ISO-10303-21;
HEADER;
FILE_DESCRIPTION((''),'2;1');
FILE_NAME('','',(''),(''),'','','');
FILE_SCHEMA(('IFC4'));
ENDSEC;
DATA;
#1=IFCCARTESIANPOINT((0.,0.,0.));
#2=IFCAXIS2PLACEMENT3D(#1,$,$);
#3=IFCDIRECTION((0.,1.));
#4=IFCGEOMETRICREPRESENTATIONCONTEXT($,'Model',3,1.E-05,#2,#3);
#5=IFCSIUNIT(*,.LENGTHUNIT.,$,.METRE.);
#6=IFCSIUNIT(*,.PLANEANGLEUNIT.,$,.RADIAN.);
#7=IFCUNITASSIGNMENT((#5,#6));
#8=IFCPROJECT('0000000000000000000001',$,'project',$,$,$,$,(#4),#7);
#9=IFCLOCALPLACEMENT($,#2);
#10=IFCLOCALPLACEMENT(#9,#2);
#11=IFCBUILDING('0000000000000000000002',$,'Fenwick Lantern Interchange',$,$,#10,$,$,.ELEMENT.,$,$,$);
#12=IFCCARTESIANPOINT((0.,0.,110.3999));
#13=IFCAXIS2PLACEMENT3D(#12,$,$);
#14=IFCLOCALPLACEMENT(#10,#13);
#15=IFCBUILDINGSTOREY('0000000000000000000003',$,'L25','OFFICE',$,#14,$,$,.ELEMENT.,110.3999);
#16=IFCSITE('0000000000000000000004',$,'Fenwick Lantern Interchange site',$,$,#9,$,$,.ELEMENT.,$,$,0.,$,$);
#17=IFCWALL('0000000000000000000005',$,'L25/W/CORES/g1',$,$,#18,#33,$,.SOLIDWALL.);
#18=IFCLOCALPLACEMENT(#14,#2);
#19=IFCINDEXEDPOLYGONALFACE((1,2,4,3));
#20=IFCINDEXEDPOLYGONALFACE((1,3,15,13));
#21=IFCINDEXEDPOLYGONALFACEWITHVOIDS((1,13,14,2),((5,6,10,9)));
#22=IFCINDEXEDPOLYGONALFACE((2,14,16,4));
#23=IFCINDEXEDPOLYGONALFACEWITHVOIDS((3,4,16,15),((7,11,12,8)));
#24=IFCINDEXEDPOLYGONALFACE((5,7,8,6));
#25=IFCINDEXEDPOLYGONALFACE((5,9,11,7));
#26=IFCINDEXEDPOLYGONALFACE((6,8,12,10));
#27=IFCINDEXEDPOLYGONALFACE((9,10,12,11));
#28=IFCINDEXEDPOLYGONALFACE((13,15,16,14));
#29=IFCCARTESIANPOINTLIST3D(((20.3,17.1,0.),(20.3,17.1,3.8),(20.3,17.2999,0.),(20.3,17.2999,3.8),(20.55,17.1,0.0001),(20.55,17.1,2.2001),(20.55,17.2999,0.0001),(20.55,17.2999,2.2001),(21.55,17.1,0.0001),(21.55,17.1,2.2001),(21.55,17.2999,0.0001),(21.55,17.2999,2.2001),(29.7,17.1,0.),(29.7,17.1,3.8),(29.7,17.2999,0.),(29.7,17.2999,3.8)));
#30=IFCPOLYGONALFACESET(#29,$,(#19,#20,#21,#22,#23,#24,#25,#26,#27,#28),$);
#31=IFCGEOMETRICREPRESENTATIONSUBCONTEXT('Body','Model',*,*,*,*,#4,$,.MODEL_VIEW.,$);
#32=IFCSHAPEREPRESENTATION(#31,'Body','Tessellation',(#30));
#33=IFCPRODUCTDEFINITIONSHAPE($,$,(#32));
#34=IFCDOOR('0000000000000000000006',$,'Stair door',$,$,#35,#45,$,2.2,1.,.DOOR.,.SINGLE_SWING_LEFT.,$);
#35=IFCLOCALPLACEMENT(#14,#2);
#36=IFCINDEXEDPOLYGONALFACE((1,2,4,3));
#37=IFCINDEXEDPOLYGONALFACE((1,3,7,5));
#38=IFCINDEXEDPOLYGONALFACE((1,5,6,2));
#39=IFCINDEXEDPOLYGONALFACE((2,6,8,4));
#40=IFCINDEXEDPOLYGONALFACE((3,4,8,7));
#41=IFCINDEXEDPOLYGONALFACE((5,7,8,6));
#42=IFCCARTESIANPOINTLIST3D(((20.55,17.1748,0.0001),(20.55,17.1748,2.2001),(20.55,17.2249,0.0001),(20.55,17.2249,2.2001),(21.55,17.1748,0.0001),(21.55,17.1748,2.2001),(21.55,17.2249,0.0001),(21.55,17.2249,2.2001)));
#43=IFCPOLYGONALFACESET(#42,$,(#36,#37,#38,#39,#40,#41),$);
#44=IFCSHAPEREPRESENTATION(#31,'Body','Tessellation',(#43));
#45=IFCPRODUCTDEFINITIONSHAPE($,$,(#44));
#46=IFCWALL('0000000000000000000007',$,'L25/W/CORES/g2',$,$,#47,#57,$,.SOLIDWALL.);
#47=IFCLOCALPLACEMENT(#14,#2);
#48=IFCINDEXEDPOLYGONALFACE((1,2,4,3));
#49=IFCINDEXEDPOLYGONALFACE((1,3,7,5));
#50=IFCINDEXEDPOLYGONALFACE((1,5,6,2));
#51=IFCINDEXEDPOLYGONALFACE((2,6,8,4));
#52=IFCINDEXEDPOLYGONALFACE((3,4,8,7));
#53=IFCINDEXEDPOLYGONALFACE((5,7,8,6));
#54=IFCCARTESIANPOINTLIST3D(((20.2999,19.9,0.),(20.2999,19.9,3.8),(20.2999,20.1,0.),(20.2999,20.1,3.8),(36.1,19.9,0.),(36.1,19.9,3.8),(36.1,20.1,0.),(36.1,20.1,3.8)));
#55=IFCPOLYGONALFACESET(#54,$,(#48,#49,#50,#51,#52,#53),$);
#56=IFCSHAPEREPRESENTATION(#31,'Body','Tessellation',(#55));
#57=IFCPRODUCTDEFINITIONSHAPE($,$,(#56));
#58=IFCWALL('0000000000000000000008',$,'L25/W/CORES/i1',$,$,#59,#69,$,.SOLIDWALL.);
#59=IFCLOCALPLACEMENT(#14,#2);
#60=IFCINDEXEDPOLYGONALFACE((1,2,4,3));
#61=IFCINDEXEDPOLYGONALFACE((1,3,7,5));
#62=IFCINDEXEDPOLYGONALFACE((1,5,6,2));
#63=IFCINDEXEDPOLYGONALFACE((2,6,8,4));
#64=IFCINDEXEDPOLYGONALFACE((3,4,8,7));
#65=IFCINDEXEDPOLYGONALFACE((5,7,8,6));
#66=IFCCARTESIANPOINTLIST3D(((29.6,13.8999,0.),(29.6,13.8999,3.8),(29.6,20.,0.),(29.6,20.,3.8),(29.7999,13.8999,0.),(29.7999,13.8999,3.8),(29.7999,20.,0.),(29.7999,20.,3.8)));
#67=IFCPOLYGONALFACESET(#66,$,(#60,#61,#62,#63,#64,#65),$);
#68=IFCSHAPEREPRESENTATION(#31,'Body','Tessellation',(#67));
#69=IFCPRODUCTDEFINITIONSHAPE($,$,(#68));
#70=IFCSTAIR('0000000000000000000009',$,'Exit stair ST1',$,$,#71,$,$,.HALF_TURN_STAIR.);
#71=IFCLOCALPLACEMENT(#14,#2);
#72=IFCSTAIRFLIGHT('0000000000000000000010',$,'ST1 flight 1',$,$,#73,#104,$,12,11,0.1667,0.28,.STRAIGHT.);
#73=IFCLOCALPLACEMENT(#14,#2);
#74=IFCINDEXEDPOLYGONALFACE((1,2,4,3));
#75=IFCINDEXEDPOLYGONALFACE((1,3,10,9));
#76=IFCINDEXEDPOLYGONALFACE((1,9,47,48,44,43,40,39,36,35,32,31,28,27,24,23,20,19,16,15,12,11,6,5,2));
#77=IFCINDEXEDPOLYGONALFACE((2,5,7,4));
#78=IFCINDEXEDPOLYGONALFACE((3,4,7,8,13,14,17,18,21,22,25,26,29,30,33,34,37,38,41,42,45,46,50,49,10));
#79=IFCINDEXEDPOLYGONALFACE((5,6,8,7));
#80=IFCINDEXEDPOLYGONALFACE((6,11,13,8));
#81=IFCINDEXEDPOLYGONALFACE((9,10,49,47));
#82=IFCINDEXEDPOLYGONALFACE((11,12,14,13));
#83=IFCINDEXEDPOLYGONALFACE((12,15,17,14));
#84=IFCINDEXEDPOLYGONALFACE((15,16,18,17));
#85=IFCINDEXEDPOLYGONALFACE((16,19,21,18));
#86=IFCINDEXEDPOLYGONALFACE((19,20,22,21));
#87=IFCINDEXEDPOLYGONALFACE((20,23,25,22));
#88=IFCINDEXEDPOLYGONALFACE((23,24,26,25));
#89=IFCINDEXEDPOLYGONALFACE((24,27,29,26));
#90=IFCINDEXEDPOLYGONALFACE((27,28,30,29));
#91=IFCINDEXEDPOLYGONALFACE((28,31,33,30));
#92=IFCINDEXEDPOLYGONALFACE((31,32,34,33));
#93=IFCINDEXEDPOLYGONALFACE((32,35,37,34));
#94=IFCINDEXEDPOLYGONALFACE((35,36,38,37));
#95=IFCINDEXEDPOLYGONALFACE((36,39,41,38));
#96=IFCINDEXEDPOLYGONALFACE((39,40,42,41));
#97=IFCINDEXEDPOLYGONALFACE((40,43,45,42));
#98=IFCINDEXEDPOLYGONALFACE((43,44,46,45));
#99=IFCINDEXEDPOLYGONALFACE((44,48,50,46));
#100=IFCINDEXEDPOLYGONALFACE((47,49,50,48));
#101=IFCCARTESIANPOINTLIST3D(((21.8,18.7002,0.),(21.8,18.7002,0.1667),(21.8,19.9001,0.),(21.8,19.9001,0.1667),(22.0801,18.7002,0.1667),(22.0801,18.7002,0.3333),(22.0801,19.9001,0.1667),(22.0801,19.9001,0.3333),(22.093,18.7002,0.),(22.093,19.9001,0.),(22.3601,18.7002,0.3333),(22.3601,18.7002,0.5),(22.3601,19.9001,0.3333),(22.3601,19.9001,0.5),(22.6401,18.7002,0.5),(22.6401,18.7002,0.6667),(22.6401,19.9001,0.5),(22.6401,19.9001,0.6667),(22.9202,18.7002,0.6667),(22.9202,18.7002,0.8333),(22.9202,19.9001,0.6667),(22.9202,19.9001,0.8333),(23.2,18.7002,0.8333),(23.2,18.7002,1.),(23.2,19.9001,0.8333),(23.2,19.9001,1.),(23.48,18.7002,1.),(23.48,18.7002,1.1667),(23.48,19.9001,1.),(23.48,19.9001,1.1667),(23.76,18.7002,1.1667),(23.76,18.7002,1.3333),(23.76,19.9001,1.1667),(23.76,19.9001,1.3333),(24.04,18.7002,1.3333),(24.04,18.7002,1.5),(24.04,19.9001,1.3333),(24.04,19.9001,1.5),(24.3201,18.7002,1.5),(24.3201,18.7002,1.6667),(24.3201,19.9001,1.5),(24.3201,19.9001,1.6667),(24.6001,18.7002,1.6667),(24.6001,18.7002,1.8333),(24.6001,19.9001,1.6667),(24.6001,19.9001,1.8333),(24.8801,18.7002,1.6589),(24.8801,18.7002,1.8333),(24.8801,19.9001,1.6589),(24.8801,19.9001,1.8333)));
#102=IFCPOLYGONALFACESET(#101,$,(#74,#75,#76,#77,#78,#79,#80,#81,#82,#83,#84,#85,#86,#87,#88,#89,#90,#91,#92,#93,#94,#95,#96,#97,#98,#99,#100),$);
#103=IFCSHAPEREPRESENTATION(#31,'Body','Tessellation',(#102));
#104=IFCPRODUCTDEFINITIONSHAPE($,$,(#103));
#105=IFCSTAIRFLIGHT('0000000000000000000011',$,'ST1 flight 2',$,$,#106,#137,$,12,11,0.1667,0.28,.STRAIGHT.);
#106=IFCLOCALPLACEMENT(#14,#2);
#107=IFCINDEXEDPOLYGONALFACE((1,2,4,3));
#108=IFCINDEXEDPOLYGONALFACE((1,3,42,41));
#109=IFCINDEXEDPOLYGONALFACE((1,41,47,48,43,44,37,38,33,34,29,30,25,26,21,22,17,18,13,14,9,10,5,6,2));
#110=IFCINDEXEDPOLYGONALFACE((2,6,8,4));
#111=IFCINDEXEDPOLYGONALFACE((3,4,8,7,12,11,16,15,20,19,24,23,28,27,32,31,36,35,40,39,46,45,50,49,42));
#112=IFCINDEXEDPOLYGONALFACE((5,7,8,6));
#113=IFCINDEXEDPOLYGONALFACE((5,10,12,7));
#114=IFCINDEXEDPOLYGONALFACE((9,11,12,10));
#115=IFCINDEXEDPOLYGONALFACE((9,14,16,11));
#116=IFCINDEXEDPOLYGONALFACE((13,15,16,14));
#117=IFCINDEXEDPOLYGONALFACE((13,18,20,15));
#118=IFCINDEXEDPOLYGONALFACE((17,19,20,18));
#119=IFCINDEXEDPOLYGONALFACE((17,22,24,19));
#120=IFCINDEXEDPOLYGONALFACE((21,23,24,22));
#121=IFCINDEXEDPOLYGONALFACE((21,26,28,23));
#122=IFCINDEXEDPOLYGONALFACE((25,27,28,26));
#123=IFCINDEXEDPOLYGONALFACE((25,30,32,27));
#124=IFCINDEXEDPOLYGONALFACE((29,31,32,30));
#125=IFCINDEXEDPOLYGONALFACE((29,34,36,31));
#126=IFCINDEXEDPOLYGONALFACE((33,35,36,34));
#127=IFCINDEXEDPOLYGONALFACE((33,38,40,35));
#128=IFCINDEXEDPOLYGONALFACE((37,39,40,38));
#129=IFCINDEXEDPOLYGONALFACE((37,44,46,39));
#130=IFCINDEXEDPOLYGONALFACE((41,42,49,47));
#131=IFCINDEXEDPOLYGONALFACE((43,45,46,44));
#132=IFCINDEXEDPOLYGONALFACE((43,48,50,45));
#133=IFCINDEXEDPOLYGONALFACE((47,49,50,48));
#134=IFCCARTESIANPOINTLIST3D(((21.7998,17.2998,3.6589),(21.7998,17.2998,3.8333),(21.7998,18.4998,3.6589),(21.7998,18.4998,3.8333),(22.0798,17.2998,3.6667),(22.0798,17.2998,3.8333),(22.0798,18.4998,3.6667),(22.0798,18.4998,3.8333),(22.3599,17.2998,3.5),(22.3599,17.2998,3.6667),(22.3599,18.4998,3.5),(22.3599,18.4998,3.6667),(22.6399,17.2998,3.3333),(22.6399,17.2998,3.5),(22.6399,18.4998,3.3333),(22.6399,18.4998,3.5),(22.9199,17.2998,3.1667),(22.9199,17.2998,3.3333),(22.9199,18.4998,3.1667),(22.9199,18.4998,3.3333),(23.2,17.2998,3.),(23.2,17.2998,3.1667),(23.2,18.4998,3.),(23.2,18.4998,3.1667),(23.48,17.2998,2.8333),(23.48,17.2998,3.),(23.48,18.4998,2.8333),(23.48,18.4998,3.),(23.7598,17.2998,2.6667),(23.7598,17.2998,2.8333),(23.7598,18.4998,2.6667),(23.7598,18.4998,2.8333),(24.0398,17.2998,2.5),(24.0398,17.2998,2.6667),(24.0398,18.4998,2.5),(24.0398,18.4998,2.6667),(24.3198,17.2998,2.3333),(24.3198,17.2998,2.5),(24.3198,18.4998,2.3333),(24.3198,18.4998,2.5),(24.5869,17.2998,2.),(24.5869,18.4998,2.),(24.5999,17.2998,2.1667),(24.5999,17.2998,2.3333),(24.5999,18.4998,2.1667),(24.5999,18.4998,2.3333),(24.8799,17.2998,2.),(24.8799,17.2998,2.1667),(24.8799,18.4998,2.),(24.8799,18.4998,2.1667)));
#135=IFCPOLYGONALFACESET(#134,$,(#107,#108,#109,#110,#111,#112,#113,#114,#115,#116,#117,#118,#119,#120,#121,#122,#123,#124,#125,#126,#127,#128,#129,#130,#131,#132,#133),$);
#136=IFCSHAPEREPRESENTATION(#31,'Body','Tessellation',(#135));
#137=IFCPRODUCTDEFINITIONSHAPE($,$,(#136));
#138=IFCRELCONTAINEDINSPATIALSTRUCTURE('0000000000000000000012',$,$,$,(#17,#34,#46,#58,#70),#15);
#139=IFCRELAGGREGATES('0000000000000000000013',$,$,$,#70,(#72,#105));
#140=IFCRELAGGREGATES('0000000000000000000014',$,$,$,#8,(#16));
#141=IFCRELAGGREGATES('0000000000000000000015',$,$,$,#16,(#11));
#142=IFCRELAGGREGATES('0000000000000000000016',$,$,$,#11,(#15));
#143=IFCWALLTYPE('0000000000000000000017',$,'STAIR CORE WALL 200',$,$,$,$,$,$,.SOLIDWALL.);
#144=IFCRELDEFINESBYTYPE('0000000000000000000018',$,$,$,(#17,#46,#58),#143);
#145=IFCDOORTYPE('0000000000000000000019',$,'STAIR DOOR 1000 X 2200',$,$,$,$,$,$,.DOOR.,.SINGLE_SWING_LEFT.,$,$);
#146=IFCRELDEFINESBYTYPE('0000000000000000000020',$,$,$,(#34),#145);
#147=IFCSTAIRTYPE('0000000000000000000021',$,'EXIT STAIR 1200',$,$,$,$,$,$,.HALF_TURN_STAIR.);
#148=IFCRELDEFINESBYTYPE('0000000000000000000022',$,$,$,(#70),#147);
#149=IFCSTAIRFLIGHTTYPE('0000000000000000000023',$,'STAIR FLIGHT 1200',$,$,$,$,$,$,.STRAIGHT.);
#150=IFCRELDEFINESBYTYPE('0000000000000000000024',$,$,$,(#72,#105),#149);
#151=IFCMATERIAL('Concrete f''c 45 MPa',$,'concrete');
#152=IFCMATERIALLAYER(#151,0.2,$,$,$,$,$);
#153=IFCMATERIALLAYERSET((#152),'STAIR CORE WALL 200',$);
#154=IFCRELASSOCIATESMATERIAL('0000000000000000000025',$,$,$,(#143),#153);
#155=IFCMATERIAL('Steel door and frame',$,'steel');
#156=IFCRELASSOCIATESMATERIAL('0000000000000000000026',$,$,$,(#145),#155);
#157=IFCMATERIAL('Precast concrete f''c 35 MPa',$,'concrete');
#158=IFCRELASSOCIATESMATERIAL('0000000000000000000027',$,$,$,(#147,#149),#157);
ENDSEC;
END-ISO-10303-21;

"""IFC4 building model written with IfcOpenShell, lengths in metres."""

from ifc_helpers import new_model, si_unit, direction, frame, frame_2d, origin, place, context, subcontext, project, spatial, polyline, rectangle, outline, extrude, material, layer, layer_set, type_object, element, fill, aggregate, save


model = new_model("IFC4")

# Units and contexts
model_context = context("Model", 3, precision=1e-05, world=origin(), true_north=direction((0.0, 1.0)))
body_context = subcontext(model_context, "Body", "Model", "MODEL_VIEW")
ifc_project = project(units=[si_unit("LENGTHUNIT", "METRE"), si_unit("PLANEANGLEUNIT", "RADIAN")], contexts=[model_context])

# Site, building, storey
site_placement = place(None, origin())
site = spatial("IfcSite", under=ifc_project, at=site_placement, Name="Fenwick Lantern Interchange site", CompositionType="ELEMENT", RefElevation=0.0)
building_placement = place(site_placement, origin())
building = spatial("IfcBuilding", under=site, at=building_placement, Name="Fenwick Lantern Interchange", CompositionType="ELEMENT")
storey_placement = place(building_placement, frame((0.0, 0.0, 110.3999)))
storey = spatial("IfcBuildingStorey", under=building, at=storey_placement, Name="L25", Description="OFFICE", CompositionType="ELEMENT", Elevation=110.3999)

# Shared definitions
ifc_material_1 = material(Name="Steel door and frame", Category="steel")

# Shared definitions
ifc_material_2 = material(Name="Concrete f'c 45 MPa", Category="concrete")
ifc_layer_1 = layer(ifc_material_2, 0.2)
ifc_layer_set_1 = layer_set([ifc_layer_1], Name="STAIR CORE WALL 200")
wall_type_1 = type_object("IfcWallType", Name="STAIR CORE WALL 200", PredefinedType="SOLIDWALL", material=ifc_layer_set_1)

# Wall, opening, door
wall_1_placement = place(storey_placement, frame((20.3, 17.2, 0.0), z_axis=(0.0, 0.0, 1.0), x_axis=(1.0, 0.0, 0.0)))
wall_1 = element("IfcWall", 1, at=wall_1_placement, inside=storey, type_object=wall_type_1, Name="L25/W/CORES/g1", PredefinedType="SOLIDWALL", context=body_context, shape_type="SweptSolid", body=[
    extrude(rectangle(XDim=9.3999, YDim=0.2, at=frame_2d((4.7, 0.0))), origin(), (0.0, 0.0, 1.0), 3.8),
])
opening_1_placement = place(wall_1_placement, frame((0.25, 0.0, 0.0)))
opening_1 = element("IfcOpeningElement", 2, at=opening_1_placement, cuts=wall_1, PredefinedType="OPENING", context=body_context, shape_type="SweptSolid", body=[
    extrude(rectangle(XDim=1.0, YDim=2.2, at=frame_2d((0.5, 1.1001))), frame((0.0, 0.1099, 0.0), z_axis=(0.0, -1.0, 0.0), x_axis=(1.0, 0.0, 0.0)), (0.0, 0.0, 1.0), 0.22),
])
door_type_1 = type_object("IfcDoorType", Name="STAIR DOOR 1000 X 2200", OperationType="SINGLE_SWING_LEFT", PredefinedType="DOOR", material=ifc_material_1)
door_1_placement = place(opening_1_placement, origin())
door_1 = element("IfcDoor", 3, at=door_1_placement, inside=storey, type_object=door_type_1, Name="Stair door", OperationType="SINGLE_SWING_LEFT", OverallHeight=2.2, OverallWidth=1.0, PredefinedType="DOOR", context=body_context, shape_type="SweptSolid", body=[
    extrude(rectangle(XDim=1.0, YDim=2.2, at=frame_2d((0.5, 1.1001))), frame((0.0, 0.0249, 0.0), z_axis=(0.0, -1.0, 0.0), x_axis=(1.0, 0.0, 0.0)), (0.0, 0.0, 1.0), 0.05),
])
fill(opening_1, door_1)

# Walls
wall_2_placement = place(storey_placement, frame((20.3, 20.0, 0.0), z_axis=(0.0, 0.0, 1.0), x_axis=(1.0, 0.0, 0.0)))
element("IfcWall", 4, at=wall_2_placement, inside=storey, type_object=wall_type_1, Name="L25/W/CORES/g2", PredefinedType="SOLIDWALL", context=body_context, shape_type="SweptSolid", body=[
    extrude(rectangle(XDim=15.8, YDim=0.2, at=frame_2d((7.8999, 0.0))), origin(), (0.0, 0.0, 1.0), 3.8),
])
wall_3_placement = place(storey_placement, frame((29.7, 13.8999, 0.0), z_axis=(0.0, 0.0, 1.0), x_axis=(0.0, 1.0, 0.0)))
element("IfcWall", 5, at=wall_3_placement, inside=storey, type_object=wall_type_1, Name="L25/W/CORES/i1", PredefinedType="SOLIDWALL", context=body_context, shape_type="SweptSolid", body=[
    extrude(rectangle(XDim=6.1001, YDim=0.2, at=frame_2d((3.05, 0.0))), origin(), (0.0, 0.0, 1.0), 3.8),
])

# Stair, stair flights
ifc_material_3 = material(Name="Precast concrete f'c 35 MPa", Category="concrete")
stair_type = type_object("IfcStairType", Name="EXIT STAIR 1200", PredefinedType="HALF_TURN_STAIR", material=ifc_material_3)
stair_placement = place(storey_placement, origin())
stair = element("IfcStair", 6, at=stair_placement, inside=storey, type_object=stair_type, Name="Exit stair ST1", PredefinedType="HALF_TURN_STAIR")
stair_flight_type = type_object("IfcStairFlightType", Name="STAIR FLIGHT 1200", PredefinedType="STRAIGHT", material=ifc_material_3)
stair_flight_1_placement = place(storey_placement, frame((21.8, 19.3, 0.0), z_axis=(0.0, 0.0, 1.0), x_axis=(1.0, 0.0, 0.0)))
stair_flight_1 = element("IfcStairFlight", 7, at=stair_flight_1_placement, type_object=stair_flight_type, Name="ST1 flight 1", NumberOfRisers=12, NumberOfTreads=11, PredefinedType="STRAIGHT", RiserHeight=0.1667, TreadLength=0.28, context=body_context, shape_type="SweptSolid", body=[
    extrude(outline(polyline([(0.0, 0.0), (0.0, 0.1667), (0.28, 0.1667), (0.28, 0.3333), (0.5601, 0.3333), (0.5601, 0.5), (0.8401, 0.5), (0.8401, 0.6667), (1.1201, 0.6667), (1.1201, 0.8333), (1.3999, 0.8333), (1.3999, 1.0), (1.6799, 1.0), (1.6799, 1.1667), (1.96, 1.1667), (1.96, 1.3333), (2.24, 1.3333), (2.24, 1.5), (2.52, 1.5), (2.52, 1.6667), (2.8, 1.6667), (2.8, 1.8333), (3.0801, 1.8333), (3.0801, 2.0), (3.0801, 1.6589), (0.293, 0.0), (0.0, 0.0)])), frame((0.0, 0.6001, 0.0), z_axis=(0.0, -1.0, 0.0), x_axis=(1.0, 0.0, 0.0)), (0.0, 0.0, 1.0), 1.2),
])
stair_flight_2_placement = place(storey_placement, frame((24.8799, 17.8999, 2.0), z_axis=(0.0, 0.0, 1.0), x_axis=(-1.0, 0.0, 0.0)))
stair_flight_2 = element("IfcStairFlight", 8, at=stair_flight_2_placement, type_object=stair_flight_type, Name="ST1 flight 2", NumberOfRisers=12, NumberOfTreads=11, PredefinedType="STRAIGHT", RiserHeight=0.1667, TreadLength=0.28, context=body_context, shape_type="SweptSolid", body=[
    extrude(outline(polyline([(0.0, 0.0), (0.0, 0.1667), (0.28, 0.1667), (0.28, 0.3333), (0.5601, 0.3333), (0.5601, 0.5), (0.8401, 0.5), (0.8401, 0.6667), (1.1201, 0.6667), (1.1201, 0.8333), (1.3999, 0.8333), (1.3999, 1.0), (1.6799, 1.0), (1.6799, 1.1667), (1.96, 1.1667), (1.96, 1.3333), (2.24, 1.3333), (2.24, 1.5), (2.52, 1.5), (2.52, 1.6667), (2.8, 1.6667), (2.8, 1.8333), (3.0801, 1.8333), (3.0801, 2.0), (3.0801, 1.6589), (0.293, 0.0), (0.0, 0.0)])), frame((0.0, 0.6001, 0.0), z_axis=(0.0, -1.0, 0.0), x_axis=(1.0, 0.0, 0.0)), (0.0, 0.0, 1.0), 1.2),
])
aggregate(stair, [stair_flight_1, stair_flight_2])

save(model, "model.ifc")
